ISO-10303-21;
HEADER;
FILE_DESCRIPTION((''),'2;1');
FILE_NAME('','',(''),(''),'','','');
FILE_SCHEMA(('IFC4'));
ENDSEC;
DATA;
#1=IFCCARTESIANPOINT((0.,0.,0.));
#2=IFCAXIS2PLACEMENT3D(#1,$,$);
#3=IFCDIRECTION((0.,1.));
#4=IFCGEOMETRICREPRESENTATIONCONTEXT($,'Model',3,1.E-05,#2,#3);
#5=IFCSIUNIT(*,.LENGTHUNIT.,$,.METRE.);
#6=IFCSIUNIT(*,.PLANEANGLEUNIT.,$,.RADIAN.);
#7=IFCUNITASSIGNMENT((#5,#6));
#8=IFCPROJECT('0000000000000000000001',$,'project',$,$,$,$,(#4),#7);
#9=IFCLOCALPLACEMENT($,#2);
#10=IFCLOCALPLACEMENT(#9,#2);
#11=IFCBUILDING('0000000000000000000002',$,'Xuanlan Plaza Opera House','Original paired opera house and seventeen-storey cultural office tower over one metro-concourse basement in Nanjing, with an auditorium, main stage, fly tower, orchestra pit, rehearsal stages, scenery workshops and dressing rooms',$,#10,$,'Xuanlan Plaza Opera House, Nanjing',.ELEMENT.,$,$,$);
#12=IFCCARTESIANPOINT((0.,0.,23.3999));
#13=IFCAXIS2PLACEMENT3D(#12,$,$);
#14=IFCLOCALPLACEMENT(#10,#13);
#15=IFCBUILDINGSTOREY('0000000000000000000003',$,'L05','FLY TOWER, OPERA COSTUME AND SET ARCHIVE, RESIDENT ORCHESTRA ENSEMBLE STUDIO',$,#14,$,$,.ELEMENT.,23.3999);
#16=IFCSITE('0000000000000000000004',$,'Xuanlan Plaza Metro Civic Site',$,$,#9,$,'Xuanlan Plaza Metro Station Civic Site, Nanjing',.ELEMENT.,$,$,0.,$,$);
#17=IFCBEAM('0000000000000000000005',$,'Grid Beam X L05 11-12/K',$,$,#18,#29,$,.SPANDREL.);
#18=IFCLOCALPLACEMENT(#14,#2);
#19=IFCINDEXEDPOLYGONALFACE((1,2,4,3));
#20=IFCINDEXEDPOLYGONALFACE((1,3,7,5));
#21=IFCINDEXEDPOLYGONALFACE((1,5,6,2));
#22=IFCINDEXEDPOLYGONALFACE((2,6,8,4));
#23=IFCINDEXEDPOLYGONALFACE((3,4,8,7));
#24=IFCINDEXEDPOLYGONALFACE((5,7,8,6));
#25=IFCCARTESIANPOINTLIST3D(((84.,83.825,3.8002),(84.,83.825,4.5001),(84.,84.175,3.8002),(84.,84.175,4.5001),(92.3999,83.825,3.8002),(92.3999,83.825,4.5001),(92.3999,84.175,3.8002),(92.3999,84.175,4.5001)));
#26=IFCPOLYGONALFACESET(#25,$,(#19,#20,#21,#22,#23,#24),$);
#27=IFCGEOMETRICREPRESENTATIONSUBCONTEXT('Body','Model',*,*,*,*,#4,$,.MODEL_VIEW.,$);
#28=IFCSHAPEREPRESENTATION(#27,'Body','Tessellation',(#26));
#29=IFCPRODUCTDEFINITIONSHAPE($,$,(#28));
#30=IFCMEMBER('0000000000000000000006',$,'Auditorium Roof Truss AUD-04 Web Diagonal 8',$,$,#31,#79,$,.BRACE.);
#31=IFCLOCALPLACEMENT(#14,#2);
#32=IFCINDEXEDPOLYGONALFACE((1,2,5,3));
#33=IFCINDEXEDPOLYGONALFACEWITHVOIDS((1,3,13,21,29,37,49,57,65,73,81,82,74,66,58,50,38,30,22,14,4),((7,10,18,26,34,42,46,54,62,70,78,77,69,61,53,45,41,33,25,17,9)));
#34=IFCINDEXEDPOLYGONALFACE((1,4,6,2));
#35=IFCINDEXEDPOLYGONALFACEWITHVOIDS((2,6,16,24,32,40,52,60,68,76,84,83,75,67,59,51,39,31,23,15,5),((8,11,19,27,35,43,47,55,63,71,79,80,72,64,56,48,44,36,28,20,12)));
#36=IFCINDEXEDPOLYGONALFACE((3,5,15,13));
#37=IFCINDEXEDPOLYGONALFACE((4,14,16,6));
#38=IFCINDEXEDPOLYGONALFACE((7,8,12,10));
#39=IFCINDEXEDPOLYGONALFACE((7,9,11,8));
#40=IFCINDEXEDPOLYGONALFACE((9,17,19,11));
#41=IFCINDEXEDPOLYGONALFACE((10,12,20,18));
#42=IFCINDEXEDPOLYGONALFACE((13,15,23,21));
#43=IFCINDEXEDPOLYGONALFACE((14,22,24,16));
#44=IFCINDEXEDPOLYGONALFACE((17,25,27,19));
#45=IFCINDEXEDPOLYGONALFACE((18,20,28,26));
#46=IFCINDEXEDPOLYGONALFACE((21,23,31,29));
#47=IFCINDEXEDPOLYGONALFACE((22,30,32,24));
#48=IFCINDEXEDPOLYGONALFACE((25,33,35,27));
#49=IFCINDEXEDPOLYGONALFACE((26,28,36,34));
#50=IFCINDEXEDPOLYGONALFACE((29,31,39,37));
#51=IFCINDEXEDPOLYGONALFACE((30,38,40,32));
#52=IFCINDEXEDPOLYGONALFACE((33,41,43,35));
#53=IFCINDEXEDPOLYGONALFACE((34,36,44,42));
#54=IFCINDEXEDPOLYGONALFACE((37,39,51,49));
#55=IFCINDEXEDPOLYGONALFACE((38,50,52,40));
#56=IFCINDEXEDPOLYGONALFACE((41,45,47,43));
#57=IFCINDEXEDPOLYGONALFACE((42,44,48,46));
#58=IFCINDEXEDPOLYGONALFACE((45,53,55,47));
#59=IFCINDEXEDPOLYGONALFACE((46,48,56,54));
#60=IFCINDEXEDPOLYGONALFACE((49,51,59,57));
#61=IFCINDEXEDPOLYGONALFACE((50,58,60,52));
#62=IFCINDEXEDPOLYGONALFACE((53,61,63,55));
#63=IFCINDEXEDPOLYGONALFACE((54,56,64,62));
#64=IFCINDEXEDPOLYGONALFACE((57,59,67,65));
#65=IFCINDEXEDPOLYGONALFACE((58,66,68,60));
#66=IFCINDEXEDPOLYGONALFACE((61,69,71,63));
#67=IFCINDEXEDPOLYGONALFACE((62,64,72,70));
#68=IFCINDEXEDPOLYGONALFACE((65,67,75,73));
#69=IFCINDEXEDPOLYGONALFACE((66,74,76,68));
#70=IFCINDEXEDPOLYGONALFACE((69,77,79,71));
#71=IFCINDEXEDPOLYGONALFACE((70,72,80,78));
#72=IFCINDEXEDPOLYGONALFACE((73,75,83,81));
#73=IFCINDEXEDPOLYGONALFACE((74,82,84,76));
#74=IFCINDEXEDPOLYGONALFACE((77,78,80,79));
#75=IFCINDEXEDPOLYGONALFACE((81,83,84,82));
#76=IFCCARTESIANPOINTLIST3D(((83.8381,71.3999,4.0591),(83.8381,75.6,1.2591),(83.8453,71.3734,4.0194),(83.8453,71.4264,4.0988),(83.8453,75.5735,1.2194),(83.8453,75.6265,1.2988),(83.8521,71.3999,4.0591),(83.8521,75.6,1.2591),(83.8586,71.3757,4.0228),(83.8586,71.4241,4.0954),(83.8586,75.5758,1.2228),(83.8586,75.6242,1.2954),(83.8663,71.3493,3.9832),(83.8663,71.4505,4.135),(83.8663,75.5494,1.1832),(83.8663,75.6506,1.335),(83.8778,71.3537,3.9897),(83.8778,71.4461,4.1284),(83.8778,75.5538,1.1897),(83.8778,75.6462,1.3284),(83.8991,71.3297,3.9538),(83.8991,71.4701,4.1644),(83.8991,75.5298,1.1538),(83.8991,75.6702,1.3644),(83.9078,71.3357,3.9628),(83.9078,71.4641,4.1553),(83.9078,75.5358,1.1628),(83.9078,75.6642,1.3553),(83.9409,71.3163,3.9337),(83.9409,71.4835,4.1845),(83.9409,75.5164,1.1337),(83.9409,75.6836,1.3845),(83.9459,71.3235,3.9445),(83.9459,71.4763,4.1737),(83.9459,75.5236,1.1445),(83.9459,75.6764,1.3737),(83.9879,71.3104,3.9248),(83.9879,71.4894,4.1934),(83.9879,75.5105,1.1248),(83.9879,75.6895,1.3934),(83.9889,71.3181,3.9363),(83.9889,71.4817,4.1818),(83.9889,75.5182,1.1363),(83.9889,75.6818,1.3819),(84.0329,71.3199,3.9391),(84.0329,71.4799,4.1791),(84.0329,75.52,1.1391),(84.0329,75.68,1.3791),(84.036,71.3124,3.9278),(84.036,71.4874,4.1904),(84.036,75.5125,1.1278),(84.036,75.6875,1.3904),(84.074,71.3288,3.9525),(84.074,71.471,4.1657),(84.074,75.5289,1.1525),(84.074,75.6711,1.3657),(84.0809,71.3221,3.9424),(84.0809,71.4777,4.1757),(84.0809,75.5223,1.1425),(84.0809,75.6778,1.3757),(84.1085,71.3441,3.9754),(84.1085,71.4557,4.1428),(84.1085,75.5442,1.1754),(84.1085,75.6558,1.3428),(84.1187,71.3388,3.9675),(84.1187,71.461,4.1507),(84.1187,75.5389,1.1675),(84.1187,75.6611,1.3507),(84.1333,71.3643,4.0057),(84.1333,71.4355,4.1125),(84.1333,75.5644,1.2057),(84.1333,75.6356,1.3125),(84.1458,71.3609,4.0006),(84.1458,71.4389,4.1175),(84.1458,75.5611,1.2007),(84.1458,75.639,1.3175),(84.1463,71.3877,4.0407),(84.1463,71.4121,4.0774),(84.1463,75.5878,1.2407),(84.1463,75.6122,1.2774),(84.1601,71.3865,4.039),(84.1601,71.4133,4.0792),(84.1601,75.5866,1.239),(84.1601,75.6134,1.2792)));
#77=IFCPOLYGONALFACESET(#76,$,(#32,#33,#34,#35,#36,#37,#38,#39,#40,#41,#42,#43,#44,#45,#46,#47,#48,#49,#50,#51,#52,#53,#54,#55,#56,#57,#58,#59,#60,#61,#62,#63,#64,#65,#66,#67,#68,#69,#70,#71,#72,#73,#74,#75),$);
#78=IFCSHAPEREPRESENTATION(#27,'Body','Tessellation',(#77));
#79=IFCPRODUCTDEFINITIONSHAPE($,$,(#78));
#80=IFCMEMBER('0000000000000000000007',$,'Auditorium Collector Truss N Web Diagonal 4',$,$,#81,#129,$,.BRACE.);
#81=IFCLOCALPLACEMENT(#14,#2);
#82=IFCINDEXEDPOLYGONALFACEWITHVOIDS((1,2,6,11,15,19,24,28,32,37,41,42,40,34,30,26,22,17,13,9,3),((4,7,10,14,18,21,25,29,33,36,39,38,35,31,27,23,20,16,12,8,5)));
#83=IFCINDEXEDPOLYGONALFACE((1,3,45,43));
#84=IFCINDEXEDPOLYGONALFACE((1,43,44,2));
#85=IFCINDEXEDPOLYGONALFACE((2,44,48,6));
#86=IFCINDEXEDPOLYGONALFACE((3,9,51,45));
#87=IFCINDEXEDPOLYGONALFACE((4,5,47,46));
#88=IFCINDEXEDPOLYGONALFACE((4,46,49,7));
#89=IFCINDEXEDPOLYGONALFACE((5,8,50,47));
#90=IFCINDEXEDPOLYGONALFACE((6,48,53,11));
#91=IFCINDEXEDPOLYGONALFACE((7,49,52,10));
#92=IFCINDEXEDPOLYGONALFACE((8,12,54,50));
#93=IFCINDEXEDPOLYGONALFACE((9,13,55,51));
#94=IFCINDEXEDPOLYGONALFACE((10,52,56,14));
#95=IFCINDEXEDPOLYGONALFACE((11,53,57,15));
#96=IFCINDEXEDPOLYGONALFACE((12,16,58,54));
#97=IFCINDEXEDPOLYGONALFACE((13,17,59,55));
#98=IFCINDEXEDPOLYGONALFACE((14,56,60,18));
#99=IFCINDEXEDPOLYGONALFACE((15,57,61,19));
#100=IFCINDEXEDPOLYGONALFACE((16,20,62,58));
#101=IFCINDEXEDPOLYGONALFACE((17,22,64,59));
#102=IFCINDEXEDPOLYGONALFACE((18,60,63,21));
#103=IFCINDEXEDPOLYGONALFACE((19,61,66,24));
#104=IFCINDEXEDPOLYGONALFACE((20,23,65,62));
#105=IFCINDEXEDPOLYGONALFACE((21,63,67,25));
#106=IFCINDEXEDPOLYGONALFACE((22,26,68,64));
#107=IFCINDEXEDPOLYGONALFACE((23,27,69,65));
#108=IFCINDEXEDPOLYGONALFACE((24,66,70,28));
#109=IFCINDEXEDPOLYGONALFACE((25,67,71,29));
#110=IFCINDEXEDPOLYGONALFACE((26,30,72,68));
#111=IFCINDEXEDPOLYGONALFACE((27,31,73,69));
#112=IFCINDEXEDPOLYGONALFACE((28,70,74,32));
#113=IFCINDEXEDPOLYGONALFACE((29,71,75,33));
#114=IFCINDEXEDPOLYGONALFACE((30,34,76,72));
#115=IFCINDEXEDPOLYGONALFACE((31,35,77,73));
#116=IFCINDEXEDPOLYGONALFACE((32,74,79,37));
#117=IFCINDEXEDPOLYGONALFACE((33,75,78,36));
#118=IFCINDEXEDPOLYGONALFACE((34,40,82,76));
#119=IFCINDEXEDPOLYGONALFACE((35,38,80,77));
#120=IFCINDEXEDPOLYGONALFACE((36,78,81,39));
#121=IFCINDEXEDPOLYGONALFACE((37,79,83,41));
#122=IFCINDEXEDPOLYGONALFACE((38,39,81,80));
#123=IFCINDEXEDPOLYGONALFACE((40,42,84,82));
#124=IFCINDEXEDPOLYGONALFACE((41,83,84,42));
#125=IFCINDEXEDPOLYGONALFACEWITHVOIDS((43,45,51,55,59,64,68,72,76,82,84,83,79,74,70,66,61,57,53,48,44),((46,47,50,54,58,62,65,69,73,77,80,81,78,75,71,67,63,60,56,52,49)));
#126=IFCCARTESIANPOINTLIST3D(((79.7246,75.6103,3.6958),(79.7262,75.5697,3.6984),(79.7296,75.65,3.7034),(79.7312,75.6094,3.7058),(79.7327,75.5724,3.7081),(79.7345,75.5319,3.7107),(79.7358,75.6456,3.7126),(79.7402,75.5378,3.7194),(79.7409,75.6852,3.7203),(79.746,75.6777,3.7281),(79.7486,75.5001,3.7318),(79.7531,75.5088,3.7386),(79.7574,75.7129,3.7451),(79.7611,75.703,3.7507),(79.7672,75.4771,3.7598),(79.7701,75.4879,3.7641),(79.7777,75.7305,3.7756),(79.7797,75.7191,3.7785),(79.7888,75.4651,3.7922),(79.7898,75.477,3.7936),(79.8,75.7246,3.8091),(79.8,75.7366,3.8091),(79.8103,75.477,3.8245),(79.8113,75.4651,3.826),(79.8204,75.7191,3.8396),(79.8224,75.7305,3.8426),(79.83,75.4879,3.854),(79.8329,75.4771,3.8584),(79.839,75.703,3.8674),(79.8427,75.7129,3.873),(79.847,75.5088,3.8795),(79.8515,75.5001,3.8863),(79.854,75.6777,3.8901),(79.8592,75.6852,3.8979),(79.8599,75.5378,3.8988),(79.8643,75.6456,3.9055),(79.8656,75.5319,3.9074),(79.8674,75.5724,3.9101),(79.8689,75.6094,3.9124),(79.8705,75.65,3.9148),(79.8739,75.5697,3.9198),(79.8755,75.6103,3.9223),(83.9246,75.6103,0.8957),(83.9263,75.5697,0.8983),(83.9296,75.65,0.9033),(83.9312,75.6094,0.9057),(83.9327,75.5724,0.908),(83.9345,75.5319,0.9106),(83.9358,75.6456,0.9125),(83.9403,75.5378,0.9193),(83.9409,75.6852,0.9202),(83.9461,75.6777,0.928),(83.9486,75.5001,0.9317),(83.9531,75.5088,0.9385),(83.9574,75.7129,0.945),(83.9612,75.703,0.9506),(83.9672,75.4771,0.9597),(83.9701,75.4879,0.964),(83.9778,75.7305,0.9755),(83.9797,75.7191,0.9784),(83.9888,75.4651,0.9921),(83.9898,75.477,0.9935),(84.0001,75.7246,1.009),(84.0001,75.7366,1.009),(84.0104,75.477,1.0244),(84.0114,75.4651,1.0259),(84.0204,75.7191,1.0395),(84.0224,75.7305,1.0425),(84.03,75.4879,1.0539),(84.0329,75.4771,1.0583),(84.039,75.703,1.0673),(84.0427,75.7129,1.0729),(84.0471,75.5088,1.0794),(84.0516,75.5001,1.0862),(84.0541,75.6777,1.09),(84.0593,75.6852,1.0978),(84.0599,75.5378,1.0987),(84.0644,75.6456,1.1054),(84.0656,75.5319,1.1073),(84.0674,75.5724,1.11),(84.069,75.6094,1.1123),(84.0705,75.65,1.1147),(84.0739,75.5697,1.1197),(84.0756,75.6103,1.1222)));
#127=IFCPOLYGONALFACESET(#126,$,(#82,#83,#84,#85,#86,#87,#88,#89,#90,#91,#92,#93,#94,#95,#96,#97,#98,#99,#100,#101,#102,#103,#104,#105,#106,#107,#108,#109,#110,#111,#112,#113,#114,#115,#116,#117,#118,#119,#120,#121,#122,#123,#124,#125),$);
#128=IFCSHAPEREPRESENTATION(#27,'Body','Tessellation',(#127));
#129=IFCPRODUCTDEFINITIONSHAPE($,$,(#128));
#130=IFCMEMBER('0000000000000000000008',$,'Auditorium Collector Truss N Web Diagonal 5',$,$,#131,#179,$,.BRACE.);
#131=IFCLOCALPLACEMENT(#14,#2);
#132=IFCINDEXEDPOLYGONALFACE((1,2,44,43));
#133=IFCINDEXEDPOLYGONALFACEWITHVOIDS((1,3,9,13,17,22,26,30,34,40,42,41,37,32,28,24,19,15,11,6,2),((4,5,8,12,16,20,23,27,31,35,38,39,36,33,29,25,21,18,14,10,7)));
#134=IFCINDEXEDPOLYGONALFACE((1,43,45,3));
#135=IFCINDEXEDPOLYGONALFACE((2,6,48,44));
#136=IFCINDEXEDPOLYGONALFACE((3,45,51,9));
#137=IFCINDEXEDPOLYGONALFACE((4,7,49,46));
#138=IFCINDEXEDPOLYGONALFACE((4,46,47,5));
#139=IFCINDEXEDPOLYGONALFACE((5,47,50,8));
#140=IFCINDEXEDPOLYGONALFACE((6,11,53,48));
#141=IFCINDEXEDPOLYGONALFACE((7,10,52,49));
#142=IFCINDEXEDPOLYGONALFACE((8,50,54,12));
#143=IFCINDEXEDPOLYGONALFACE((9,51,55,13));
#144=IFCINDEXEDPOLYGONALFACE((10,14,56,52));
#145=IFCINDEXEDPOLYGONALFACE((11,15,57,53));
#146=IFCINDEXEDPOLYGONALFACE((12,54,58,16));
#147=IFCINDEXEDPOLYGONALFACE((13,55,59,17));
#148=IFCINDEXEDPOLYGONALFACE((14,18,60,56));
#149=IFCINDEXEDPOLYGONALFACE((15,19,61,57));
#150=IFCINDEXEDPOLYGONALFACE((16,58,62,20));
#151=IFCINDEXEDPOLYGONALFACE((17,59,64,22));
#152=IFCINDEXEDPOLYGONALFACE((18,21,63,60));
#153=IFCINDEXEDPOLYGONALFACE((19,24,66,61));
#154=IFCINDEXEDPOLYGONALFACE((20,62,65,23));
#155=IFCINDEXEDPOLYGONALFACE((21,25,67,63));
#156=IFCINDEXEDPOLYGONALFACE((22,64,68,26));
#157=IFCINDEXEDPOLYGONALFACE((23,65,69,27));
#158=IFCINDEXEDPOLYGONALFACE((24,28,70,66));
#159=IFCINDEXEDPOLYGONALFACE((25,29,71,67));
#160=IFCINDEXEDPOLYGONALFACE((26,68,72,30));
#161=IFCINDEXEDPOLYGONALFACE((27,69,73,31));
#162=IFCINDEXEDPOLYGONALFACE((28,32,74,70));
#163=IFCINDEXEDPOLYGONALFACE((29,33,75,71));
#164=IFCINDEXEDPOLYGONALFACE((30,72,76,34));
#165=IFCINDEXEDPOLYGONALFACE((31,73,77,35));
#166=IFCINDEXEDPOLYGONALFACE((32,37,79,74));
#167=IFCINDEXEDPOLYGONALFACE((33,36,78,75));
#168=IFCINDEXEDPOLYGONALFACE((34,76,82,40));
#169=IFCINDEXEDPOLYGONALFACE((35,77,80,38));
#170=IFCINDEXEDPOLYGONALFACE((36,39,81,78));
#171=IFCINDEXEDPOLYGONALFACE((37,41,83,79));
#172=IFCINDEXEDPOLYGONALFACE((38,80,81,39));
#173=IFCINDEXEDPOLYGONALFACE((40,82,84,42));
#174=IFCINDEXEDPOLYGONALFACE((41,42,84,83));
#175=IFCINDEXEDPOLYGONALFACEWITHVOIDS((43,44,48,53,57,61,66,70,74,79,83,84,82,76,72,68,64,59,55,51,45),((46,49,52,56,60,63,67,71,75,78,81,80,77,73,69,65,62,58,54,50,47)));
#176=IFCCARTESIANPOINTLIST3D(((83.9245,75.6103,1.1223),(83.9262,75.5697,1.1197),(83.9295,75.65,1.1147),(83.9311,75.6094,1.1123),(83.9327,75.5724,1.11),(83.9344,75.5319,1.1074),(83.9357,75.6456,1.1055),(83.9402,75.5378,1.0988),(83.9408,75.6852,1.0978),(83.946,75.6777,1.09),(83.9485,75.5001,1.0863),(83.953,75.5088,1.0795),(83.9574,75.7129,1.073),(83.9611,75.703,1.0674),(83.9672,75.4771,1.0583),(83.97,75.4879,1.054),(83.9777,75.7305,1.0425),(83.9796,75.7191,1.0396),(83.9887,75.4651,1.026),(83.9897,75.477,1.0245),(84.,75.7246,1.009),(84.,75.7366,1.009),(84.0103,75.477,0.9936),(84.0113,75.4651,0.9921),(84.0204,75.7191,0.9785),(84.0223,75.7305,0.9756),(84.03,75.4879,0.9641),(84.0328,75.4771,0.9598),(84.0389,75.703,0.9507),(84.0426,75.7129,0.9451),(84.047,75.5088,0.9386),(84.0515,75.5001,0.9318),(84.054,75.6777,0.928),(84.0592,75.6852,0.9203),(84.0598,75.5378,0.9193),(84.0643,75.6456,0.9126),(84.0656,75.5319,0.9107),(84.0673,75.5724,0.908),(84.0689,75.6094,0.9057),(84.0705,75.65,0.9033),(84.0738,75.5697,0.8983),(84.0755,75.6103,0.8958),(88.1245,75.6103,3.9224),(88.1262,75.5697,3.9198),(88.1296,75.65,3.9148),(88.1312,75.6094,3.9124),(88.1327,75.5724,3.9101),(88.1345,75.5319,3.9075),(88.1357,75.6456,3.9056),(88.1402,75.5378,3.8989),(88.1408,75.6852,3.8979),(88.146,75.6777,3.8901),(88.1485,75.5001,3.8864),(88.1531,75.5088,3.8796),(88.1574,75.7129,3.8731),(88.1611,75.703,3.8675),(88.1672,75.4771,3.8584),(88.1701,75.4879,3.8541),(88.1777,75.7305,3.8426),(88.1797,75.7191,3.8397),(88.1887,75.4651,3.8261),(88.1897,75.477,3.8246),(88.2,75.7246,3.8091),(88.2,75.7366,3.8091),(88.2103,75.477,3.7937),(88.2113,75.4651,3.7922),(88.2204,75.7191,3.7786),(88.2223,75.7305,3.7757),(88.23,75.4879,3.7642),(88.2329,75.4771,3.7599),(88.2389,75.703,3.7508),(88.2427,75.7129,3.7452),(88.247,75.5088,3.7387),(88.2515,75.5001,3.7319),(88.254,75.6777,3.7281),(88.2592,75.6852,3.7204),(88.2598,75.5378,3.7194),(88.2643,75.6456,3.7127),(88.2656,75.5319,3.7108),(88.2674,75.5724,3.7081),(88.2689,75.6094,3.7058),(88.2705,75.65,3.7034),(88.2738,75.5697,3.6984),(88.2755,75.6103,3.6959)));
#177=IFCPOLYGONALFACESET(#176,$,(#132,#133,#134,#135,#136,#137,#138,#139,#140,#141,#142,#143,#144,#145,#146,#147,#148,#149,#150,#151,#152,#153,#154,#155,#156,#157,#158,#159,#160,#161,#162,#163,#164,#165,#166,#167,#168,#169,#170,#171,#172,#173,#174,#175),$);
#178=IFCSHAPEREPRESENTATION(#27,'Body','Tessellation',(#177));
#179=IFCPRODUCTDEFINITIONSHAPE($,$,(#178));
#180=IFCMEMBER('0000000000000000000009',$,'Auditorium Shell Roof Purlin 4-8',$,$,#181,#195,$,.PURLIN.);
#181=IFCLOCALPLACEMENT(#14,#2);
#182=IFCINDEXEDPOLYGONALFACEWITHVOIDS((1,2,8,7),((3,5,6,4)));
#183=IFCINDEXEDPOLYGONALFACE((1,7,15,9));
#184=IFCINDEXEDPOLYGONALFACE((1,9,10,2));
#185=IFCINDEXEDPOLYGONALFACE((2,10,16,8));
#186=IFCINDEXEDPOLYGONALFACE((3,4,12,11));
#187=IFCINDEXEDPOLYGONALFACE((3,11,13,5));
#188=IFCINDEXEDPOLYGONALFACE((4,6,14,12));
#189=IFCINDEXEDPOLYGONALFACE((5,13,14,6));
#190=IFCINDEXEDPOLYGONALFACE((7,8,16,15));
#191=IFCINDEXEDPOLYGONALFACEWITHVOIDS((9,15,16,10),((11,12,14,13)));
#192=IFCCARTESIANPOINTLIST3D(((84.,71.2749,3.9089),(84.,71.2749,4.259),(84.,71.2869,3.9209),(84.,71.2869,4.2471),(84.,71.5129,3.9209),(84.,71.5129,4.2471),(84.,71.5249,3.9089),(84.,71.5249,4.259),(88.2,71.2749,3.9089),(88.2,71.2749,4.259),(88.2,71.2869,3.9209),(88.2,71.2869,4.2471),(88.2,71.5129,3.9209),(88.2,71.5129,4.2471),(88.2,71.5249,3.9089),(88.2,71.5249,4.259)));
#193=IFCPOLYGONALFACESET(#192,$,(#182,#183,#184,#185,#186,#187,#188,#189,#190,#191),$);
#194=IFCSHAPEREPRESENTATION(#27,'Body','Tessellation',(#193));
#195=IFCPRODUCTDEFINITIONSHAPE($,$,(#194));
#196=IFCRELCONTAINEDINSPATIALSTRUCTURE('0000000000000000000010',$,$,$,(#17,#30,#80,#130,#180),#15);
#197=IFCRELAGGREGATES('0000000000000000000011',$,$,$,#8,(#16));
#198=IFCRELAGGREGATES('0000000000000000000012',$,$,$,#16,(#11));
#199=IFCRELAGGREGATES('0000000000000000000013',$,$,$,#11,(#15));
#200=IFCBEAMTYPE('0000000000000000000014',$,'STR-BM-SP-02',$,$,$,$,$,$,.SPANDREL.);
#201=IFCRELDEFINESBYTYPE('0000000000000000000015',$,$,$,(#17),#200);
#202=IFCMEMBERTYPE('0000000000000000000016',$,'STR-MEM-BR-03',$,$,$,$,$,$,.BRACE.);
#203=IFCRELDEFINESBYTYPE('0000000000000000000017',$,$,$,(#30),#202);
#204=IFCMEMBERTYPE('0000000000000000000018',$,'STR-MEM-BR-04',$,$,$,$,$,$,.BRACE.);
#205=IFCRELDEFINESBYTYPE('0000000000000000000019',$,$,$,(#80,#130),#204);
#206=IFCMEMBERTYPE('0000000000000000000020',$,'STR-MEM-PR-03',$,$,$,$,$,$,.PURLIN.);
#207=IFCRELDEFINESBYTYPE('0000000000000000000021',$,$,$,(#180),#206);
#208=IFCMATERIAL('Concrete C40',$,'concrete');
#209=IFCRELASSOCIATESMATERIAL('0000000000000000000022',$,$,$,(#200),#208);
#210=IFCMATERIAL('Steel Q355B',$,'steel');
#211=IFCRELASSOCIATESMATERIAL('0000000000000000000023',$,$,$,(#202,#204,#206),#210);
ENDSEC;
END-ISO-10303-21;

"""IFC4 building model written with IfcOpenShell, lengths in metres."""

from ifc_helpers import new_model, si_unit, direction, frame, origin, origin_2d, place, context, subcontext, project, spatial, rectangle, hollow_rectangle, hollow_circle, extrude, material, material_profile, profile_set, type_object, element, save


model = new_model("IFC4")

# Units and contexts
model_context = context("Model", 3, precision=1e-05, world=origin(), true_north=direction((0.0, 1.0)))
body_context = subcontext(model_context, "Body", "Model", "MODEL_VIEW")
ifc_project = project(units=[si_unit("LENGTHUNIT", "METRE"), si_unit("PLANEANGLEUNIT", "RADIAN")], contexts=[model_context])

# Site, building, storey
site_placement = place(None, origin())
site = spatial("IfcSite", under=ifc_project, at=site_placement, Name="Xuanlan Plaza Metro Civic Site", LongName="Xuanlan Plaza Metro Station Civic Site, Nanjing", CompositionType="ELEMENT", RefElevation=0.0)
building_placement = place(site_placement, origin())
building = spatial("IfcBuilding", under=site, at=building_placement, Name="Xuanlan Plaza Opera House", Description="Original paired opera house and seventeen-storey cultural office tower over one metro-concourse basement in Nanjing, with an auditorium, main stage, fly tower, orchestra pit, rehearsal stages, scenery workshops and dressing rooms", LongName="Xuanlan Plaza Opera House, Nanjing", CompositionType="ELEMENT")
storey_placement = place(building_placement, frame((0.0, 0.0, 23.3999)))
storey = spatial("IfcBuildingStorey", under=building, at=storey_placement, Name="L05", Description="FLY TOWER, OPERA COSTUME AND SET ARCHIVE, RESIDENT ORCHESTRA ENSEMBLE STUDIO", CompositionType="ELEMENT", Elevation=23.3999)

# Shared definitions
ifc_material_1 = material(Name="Concrete C40", Category="concrete")

# Beam
ifc_material_profile_1 = material_profile(ifc_material_1, rectangle(XDim=0.3501, YDim=0.7, at=origin_2d()), Name="RC-SPD 350x700")
ifc_profile_set_1 = profile_set([ifc_material_profile_1], Name="Concrete C40")
beam_type_1 = type_object("IfcBeamType", Name="STR-BM-SP-02", PredefinedType="SPANDREL", material=ifc_profile_set_1)
beam_1_placement = place(storey_placement, frame((84.0, 84.0, 4.1501), z_axis=(1.0, 0.0, 0.0), x_axis=(0.0, 1.0, 0.0)))
element("IfcBeam", 1, at=beam_1_placement, inside=storey, type_object=beam_type_1, Name="Grid Beam X L05 11-12/K", PredefinedType="SPANDREL", context=body_context, shape_type="SweptSolid", body=[
    extrude(rectangle(XDim=0.3501, YDim=0.7, at=origin_2d()), origin(), (0.0, 0.0, 1.0), 8.3999),
])

# Members
ifc_material_2 = material(Name="Steel Q355B", Category="steel")
ifc_material_profile_2 = material_profile(ifc_material_2, hollow_circle(Radius=0.1619, WallThickness=0.0139, at=origin_2d()), Name="CHS 323.9x14")
ifc_profile_set_2 = profile_set([ifc_material_profile_2], Name="Steel Q355B")
member_type_1 = type_object("IfcMemberType", Name="STR-MEM-BR-03", PredefinedType="BRACE", material=ifc_profile_set_2)
member_1_placement = place(storey_placement, frame((84.0, 71.3999, 4.0591), z_axis=(0.0, 0.832058, -0.554689), x_axis=(-1.0, 0.0, 0.0)))
element("IfcMember", 2, at=member_1_placement, inside=storey, type_object=member_type_1, Name="Auditorium Roof Truss AUD-04 Web Diagonal 8", PredefinedType="BRACE", context=body_context, shape_type="SweptSolid", body=[
    extrude(hollow_circle(Radius=0.1619, WallThickness=0.0139, at=origin_2d()), origin(), (0.0, 0.0, 1.0), 5.0479),
])
ifc_material_profile_3 = material_profile(ifc_material_2, hollow_circle(Radius=0.1365, WallThickness=0.012, at=origin_2d()), Name="CHS 273x12")
ifc_profile_set_3 = profile_set([ifc_material_profile_3], Name="Steel Q355B")
member_type_2 = type_object("IfcMemberType", Name="STR-MEM-BR-04", PredefinedType="BRACE", material=ifc_profile_set_3)
for number, where, z_axis, x_axis, name in (
    (3, (79.8, 75.6001, 3.8091), (0.832043, 0.0, -0.554711), (0.0, 1.0, 0.0), "Auditorium Collector Truss N Web Diagonal 4"),
    (4, (84.0, 75.6001, 1.009), (0.832043, 0.0, 0.554711), (0.0, 1.0, 0.0), "Auditorium Collector Truss N Web Diagonal 5"),
):
    element("IfcMember", number, at=place(storey_placement, frame(where, z_axis=z_axis, x_axis=x_axis)), inside=storey, type_object=member_type_2, Name=name, PredefinedType="BRACE", context=body_context, shape_type="SweptSolid", body=[
        extrude(hollow_circle(Radius=0.1365, WallThickness=0.012, at=origin_2d()), origin(), (0.0, 0.0, 1.0), 5.0479),
    ])
ifc_material_profile_4 = material_profile(ifc_material_2, hollow_rectangle(XDim=0.25, YDim=0.3501, WallThickness=0.012, at=origin_2d()), Name="RHS 350x250x12")
ifc_profile_set_4 = profile_set([ifc_material_profile_4], Name="Steel Q355B")
member_type_3 = type_object("IfcMemberType", Name="STR-MEM-PR-03", PredefinedType="PURLIN", material=ifc_profile_set_4)
member_2_placement = place(storey_placement, frame((84.0, 71.3999, 4.084), z_axis=(1.0, 0.0, 0.0), x_axis=(0.0, 1.0, 0.0)))
element("IfcMember", 5, at=member_2_placement, inside=storey, type_object=member_type_3, Name="Auditorium Shell Roof Purlin 4-8", PredefinedType="PURLIN", context=body_context, shape_type="SweptSolid", body=[
    extrude(hollow_rectangle(XDim=0.25, YDim=0.3501, WallThickness=0.012, at=origin_2d()), origin(), (0.0, 0.0, 1.0), 4.2),
])

save(model, "model.ifc")
